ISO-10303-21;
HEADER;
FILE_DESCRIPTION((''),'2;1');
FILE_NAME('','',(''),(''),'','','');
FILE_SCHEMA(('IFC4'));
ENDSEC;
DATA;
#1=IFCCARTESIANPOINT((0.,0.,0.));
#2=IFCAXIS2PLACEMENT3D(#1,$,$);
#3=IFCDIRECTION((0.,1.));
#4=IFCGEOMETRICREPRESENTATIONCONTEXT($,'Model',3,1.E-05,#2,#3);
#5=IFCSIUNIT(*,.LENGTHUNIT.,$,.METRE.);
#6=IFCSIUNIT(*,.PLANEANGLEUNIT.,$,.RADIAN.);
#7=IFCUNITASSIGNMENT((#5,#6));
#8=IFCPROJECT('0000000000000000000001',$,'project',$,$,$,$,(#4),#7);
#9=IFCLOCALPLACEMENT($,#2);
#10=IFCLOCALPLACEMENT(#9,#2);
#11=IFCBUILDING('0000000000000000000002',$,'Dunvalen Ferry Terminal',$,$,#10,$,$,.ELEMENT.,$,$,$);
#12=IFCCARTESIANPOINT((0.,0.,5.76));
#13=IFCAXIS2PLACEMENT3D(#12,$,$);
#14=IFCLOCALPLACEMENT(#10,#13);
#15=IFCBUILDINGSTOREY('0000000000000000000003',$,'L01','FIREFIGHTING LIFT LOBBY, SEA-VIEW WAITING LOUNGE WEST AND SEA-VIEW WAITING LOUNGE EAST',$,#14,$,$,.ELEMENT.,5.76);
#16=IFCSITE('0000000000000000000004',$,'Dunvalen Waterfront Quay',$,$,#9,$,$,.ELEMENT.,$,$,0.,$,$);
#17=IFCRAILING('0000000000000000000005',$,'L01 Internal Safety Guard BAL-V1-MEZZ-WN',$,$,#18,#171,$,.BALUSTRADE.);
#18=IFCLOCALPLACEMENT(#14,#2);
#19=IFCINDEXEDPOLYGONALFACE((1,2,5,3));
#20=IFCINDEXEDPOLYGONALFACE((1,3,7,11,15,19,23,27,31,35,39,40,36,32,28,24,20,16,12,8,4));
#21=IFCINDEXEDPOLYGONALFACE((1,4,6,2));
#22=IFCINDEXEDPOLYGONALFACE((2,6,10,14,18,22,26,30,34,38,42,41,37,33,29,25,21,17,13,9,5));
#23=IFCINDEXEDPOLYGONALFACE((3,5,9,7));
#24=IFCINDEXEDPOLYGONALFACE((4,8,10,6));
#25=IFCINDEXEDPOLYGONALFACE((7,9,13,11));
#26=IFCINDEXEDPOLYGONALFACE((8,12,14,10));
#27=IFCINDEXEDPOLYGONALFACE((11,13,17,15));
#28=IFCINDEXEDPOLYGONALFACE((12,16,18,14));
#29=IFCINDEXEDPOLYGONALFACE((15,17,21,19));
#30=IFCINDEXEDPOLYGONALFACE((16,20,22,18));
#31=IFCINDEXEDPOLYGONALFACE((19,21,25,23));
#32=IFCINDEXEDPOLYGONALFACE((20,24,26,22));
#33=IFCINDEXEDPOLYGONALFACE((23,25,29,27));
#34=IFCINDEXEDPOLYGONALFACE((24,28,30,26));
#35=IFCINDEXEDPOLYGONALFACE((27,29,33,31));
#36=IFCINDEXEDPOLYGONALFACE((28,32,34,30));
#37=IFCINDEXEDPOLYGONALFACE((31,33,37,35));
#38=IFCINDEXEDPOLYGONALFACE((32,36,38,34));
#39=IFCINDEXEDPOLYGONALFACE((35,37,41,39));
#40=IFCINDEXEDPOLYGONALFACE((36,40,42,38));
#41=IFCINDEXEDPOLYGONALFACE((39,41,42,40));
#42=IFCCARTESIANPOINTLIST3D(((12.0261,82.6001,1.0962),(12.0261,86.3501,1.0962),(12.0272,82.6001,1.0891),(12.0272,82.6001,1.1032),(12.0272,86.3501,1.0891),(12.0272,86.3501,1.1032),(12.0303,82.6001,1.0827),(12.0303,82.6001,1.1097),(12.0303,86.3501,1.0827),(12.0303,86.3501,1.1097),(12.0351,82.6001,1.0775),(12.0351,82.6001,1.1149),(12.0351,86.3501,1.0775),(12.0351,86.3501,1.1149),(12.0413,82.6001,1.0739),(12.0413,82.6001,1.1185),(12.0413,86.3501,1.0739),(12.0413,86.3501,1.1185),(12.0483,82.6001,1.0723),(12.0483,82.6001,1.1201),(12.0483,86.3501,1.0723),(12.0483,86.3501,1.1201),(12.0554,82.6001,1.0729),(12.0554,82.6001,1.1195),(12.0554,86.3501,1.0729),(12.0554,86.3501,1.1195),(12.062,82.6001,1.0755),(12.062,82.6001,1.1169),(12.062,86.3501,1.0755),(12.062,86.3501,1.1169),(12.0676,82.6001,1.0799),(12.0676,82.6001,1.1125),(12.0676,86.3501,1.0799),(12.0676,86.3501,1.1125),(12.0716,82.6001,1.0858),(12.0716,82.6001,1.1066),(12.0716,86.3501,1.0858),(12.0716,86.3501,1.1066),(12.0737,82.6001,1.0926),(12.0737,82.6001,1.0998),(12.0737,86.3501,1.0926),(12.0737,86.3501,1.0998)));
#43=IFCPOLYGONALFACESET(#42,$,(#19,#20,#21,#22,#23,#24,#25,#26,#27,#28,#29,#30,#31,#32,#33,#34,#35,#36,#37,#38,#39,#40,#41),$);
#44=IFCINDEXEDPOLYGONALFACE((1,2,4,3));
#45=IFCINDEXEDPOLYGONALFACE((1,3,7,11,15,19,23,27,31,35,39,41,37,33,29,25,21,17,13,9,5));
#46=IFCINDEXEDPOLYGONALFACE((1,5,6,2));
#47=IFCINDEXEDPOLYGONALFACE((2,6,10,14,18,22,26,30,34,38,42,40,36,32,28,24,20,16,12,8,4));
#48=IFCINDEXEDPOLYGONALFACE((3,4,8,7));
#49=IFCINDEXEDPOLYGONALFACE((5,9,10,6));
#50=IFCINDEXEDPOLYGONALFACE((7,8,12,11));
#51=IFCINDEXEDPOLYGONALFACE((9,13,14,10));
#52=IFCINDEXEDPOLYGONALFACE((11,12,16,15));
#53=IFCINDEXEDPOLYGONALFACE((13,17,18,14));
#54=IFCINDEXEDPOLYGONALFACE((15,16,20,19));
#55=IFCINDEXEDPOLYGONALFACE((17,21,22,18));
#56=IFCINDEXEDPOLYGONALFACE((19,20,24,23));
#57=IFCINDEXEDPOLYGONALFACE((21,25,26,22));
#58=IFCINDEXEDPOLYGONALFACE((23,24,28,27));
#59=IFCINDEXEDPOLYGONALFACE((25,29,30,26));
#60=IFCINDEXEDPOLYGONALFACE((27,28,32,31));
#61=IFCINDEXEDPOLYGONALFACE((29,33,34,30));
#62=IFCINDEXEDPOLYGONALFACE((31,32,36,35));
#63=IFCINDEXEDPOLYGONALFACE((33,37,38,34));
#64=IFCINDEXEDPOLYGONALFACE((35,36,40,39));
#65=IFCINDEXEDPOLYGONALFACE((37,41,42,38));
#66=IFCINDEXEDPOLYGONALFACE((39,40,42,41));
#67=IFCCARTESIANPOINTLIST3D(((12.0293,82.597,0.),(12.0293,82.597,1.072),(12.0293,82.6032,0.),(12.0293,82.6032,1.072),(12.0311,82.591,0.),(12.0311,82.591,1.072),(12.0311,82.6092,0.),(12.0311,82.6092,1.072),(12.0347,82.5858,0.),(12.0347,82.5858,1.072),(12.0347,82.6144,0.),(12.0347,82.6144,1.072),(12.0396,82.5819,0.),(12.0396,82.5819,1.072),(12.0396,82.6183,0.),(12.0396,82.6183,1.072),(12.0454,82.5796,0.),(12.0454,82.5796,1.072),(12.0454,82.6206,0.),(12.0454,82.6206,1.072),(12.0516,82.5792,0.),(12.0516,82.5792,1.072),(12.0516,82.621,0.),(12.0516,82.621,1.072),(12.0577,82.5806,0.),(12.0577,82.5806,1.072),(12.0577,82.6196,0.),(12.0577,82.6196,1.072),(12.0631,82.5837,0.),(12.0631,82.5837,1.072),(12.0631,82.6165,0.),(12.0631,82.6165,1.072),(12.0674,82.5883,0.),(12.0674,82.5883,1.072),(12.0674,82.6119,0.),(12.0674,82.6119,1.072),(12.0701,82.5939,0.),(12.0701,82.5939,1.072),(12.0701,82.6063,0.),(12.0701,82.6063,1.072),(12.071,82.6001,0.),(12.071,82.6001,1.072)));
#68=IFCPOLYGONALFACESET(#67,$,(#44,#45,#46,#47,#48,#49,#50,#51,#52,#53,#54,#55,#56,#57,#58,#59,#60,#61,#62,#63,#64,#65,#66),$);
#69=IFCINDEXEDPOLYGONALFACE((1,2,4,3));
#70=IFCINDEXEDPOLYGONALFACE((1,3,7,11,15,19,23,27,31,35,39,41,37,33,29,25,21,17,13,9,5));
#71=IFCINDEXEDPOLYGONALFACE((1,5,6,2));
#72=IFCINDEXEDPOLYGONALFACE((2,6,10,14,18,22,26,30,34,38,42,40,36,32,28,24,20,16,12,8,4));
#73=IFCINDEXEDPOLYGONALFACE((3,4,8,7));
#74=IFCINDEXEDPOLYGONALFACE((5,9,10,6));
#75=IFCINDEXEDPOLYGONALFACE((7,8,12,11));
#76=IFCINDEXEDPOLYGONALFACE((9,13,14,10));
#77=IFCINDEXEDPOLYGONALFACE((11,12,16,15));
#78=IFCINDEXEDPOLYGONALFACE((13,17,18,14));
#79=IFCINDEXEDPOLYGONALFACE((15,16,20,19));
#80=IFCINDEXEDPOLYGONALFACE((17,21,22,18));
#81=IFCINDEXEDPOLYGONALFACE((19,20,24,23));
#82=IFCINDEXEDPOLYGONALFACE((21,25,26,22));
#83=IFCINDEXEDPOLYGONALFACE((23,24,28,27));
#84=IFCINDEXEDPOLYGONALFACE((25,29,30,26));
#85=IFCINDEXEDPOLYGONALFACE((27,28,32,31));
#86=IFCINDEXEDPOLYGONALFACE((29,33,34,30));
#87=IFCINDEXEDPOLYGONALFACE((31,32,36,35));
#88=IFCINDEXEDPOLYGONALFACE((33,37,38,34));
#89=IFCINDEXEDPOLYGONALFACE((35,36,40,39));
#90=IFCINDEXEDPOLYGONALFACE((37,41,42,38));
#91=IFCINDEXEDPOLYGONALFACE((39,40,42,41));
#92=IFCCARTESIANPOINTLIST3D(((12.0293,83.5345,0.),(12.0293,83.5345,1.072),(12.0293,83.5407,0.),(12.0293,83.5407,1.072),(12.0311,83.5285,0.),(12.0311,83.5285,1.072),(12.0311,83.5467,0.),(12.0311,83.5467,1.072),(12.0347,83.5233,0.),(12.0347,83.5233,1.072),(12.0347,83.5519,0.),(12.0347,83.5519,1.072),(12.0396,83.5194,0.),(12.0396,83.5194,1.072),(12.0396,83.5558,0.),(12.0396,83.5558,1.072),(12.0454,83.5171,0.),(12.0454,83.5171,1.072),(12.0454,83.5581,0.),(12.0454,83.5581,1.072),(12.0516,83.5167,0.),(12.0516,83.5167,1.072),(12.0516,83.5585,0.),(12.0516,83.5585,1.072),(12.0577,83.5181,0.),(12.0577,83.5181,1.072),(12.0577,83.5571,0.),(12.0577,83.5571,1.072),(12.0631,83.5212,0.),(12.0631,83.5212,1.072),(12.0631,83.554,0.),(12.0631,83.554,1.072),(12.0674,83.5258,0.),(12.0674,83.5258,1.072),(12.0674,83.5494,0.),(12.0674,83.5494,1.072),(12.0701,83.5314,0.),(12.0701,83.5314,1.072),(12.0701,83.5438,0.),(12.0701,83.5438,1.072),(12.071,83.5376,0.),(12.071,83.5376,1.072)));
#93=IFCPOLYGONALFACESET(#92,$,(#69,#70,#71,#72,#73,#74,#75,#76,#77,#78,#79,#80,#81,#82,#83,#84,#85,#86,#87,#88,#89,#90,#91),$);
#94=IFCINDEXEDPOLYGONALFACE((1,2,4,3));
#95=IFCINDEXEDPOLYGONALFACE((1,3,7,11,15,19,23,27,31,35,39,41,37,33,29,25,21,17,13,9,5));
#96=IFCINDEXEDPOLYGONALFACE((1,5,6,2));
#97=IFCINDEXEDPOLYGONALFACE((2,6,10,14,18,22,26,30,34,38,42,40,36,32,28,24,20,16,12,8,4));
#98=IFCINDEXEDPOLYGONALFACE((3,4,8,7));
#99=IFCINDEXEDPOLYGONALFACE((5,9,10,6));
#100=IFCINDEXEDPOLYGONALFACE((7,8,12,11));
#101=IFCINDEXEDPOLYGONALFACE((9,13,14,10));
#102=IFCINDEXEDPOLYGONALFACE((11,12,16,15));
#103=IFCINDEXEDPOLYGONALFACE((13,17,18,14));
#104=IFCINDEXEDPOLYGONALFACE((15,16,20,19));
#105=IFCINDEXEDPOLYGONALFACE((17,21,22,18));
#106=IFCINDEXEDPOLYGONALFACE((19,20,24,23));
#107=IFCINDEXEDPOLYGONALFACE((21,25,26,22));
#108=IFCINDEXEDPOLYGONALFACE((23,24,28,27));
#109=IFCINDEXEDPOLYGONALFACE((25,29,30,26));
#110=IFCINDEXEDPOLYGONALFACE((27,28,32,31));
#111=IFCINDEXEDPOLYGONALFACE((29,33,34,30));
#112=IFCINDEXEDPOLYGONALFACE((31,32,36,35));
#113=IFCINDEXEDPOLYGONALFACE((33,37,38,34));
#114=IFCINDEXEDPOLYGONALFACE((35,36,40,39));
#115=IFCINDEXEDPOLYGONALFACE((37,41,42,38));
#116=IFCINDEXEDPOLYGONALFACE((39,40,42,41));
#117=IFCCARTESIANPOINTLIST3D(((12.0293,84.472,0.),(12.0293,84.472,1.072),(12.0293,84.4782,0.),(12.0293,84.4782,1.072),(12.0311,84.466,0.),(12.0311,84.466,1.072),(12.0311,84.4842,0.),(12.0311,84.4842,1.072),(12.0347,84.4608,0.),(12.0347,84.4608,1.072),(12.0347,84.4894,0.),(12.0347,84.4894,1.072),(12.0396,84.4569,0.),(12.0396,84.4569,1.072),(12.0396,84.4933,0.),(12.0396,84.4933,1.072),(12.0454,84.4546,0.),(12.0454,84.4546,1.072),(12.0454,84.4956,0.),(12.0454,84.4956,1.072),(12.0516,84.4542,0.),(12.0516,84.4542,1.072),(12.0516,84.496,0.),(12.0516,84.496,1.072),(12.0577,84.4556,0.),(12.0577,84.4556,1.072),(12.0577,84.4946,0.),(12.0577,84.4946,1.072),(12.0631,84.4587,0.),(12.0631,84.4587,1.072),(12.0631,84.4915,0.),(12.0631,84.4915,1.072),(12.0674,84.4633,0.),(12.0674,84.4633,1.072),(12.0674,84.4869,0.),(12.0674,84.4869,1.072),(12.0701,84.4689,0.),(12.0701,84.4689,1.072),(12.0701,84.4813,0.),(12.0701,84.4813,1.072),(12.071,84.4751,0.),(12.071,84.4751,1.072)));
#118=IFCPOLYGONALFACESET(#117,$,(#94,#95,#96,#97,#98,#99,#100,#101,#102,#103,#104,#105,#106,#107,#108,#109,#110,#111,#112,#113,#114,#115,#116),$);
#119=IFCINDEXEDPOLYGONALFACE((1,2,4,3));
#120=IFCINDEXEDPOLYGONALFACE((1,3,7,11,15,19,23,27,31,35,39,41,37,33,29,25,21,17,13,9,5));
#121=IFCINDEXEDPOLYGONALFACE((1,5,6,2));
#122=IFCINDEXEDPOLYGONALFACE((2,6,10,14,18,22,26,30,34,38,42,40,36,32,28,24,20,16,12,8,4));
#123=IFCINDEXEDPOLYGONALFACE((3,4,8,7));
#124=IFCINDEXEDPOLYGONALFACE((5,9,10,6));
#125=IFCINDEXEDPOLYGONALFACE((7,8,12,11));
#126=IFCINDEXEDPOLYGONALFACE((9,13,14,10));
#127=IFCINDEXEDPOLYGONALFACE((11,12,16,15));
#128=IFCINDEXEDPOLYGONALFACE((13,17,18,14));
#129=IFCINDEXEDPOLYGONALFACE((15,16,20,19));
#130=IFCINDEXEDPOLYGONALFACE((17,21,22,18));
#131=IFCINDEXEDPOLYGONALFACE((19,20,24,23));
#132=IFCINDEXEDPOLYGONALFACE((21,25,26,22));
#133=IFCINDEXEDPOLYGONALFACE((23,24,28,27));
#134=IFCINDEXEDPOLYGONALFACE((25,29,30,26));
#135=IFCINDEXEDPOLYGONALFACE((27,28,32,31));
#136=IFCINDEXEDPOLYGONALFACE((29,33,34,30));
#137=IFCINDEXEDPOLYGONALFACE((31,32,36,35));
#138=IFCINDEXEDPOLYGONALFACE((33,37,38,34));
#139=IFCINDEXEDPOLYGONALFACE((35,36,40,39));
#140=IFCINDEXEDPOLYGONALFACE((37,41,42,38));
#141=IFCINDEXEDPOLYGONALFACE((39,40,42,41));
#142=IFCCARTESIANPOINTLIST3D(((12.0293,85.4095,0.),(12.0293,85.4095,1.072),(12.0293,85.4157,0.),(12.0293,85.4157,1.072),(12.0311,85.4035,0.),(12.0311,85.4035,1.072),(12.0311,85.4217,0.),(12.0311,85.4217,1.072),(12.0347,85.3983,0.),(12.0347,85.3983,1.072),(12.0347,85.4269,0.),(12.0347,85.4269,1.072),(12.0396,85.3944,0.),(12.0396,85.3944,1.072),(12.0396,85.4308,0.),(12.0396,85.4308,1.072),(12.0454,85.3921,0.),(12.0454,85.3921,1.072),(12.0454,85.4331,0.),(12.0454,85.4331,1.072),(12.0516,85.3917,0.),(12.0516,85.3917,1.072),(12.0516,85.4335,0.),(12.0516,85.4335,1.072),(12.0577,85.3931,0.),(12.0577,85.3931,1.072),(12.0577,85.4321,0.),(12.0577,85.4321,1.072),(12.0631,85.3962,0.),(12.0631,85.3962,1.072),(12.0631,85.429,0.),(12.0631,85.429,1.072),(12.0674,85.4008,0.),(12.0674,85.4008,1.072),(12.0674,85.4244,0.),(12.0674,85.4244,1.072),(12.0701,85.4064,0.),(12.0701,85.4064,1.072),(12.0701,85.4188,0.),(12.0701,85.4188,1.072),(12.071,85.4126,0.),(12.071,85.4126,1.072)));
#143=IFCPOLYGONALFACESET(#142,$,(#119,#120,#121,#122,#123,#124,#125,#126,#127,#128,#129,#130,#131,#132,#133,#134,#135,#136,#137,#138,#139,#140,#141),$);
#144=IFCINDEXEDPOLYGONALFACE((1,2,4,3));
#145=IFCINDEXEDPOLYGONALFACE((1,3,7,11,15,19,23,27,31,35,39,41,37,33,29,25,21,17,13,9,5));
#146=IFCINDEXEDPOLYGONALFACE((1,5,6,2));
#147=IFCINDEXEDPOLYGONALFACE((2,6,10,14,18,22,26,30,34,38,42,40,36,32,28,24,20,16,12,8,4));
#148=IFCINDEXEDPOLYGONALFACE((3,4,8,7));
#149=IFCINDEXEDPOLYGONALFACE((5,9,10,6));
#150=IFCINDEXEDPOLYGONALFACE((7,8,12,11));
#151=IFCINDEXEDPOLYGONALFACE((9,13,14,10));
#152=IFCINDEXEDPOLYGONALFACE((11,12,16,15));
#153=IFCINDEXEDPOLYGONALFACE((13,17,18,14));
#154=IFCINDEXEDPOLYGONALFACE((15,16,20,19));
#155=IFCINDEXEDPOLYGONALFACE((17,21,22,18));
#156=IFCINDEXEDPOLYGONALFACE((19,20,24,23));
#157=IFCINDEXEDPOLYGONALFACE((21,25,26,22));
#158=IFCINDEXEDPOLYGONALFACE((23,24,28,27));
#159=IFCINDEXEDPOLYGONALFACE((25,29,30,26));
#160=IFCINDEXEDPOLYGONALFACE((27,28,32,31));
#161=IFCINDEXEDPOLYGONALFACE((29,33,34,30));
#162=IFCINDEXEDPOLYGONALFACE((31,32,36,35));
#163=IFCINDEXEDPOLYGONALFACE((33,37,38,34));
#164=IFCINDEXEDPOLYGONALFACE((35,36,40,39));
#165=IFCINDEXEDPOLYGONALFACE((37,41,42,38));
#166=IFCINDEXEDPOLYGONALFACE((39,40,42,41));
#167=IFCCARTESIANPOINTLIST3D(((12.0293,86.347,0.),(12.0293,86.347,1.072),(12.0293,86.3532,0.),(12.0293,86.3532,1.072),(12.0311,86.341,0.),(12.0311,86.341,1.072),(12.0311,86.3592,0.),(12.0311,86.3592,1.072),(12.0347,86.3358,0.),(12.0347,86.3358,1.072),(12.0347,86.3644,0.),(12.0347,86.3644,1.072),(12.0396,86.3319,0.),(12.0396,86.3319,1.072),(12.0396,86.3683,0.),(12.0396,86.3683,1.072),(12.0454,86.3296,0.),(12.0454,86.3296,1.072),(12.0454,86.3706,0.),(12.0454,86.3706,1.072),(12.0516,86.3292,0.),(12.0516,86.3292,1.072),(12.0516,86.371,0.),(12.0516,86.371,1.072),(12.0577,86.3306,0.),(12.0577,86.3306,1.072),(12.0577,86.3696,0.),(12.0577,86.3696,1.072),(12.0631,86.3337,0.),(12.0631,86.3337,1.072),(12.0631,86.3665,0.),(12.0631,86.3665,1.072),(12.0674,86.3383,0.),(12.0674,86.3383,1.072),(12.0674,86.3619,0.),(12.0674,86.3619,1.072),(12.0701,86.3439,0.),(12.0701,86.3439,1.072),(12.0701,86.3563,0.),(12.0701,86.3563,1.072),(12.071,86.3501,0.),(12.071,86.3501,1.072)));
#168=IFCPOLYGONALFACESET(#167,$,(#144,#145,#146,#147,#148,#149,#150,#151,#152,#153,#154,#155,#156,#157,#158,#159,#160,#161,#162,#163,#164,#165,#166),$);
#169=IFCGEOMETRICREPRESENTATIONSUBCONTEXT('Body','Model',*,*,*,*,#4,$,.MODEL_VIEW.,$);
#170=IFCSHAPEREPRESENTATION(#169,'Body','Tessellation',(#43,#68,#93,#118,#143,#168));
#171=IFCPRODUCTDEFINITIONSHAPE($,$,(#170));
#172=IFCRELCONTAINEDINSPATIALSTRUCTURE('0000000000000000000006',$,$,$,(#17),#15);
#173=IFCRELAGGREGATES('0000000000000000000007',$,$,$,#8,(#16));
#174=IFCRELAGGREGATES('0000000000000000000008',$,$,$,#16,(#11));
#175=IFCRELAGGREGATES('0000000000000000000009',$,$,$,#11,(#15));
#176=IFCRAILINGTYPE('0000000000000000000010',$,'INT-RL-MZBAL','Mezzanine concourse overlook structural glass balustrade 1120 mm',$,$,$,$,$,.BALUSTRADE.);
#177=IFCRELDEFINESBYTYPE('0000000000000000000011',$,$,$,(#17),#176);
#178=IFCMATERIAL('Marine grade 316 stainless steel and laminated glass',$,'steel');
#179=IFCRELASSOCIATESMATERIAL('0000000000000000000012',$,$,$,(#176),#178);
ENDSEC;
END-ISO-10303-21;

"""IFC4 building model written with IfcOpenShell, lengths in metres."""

from ifc_helpers import new_model, si_unit, direction, frame, origin, origin_2d, place, context, subcontext, project, spatial, circle, extrude, material, type_object, element, save


model = new_model("IFC4")

# Units and contexts
model_context = context("Model", 3, precision=1e-05, world=origin(), true_north=direction((0.0, 1.0)))
body_context = subcontext(model_context, "Body", "Model", "MODEL_VIEW")
ifc_project = project(units=[si_unit("LENGTHUNIT", "METRE"), si_unit("PLANEANGLEUNIT", "RADIAN")], contexts=[model_context])

# Site, building, storey
site_placement = place(None, origin())
site = spatial("IfcSite", under=ifc_project, at=site_placement, Name="Dunvalen Waterfront Quay", CompositionType="ELEMENT", RefElevation=0.0)
building_placement = place(site_placement, origin())
building = spatial("IfcBuilding", under=site, at=building_placement, Name="Dunvalen Ferry Terminal", CompositionType="ELEMENT")
storey_placement = place(building_placement, frame((0.0, 0.0, 5.76)))
storey = spatial("IfcBuildingStorey", under=building, at=storey_placement, Name="L01", Description="FIREFIGHTING LIFT LOBBY, SEA-VIEW WAITING LOUNGE WEST AND SEA-VIEW WAITING LOUNGE EAST", CompositionType="ELEMENT", Elevation=5.76)

# Railing
ifc_material_1 = material(Name="Marine grade 316 stainless steel and laminated glass", Category="steel")
railing_type_1 = type_object("IfcRailingType", Name="INT-RL-MZBAL", Description="Mezzanine concourse overlook structural glass balustrade 1120 mm", PredefinedType="BALUSTRADE", material=ifc_material_1)
railing_1_placement = place(storey_placement, frame((12.05, 82.6001, 0.0)))
element("IfcRailing", 1, at=railing_1_placement, inside=storey, type_object=railing_type_1, Name="L01 Internal Safety Guard BAL-V1-MEZZ-WN", PredefinedType="BALUSTRADE", context=body_context, shape_type="SweptSolid", body=[
    extrude(circle(Radius=0.0239, at=origin_2d()), frame((0.0, 0.0, 1.0962), z_axis=(0.0, 1.0, 0.0), x_axis=(-1.0, 0.0, 0.0)), (0.0, 0.0, 1.0), 3.75),
    extrude(circle(Radius=0.021, at=origin_2d()), origin(), (0.0, 0.0, 1.0), 1.072),
    extrude(circle(Radius=0.021, at=origin_2d()), frame((0.0, 0.9375, 0.0)), (0.0, 0.0, 1.0), 1.072),
    extrude(circle(Radius=0.021, at=origin_2d()), frame((0.0, 1.875, 0.0)), (0.0, 0.0, 1.0), 1.072),
    extrude(circle(Radius=0.021, at=origin_2d()), frame((0.0, 2.8125, 0.0)), (0.0, 0.0, 1.0), 1.072),
    extrude(circle(Radius=0.021, at=origin_2d()), frame((0.0, 3.75, 0.0)), (0.0, 0.0, 1.0), 1.072),
])

save(model, "model.ifc")
